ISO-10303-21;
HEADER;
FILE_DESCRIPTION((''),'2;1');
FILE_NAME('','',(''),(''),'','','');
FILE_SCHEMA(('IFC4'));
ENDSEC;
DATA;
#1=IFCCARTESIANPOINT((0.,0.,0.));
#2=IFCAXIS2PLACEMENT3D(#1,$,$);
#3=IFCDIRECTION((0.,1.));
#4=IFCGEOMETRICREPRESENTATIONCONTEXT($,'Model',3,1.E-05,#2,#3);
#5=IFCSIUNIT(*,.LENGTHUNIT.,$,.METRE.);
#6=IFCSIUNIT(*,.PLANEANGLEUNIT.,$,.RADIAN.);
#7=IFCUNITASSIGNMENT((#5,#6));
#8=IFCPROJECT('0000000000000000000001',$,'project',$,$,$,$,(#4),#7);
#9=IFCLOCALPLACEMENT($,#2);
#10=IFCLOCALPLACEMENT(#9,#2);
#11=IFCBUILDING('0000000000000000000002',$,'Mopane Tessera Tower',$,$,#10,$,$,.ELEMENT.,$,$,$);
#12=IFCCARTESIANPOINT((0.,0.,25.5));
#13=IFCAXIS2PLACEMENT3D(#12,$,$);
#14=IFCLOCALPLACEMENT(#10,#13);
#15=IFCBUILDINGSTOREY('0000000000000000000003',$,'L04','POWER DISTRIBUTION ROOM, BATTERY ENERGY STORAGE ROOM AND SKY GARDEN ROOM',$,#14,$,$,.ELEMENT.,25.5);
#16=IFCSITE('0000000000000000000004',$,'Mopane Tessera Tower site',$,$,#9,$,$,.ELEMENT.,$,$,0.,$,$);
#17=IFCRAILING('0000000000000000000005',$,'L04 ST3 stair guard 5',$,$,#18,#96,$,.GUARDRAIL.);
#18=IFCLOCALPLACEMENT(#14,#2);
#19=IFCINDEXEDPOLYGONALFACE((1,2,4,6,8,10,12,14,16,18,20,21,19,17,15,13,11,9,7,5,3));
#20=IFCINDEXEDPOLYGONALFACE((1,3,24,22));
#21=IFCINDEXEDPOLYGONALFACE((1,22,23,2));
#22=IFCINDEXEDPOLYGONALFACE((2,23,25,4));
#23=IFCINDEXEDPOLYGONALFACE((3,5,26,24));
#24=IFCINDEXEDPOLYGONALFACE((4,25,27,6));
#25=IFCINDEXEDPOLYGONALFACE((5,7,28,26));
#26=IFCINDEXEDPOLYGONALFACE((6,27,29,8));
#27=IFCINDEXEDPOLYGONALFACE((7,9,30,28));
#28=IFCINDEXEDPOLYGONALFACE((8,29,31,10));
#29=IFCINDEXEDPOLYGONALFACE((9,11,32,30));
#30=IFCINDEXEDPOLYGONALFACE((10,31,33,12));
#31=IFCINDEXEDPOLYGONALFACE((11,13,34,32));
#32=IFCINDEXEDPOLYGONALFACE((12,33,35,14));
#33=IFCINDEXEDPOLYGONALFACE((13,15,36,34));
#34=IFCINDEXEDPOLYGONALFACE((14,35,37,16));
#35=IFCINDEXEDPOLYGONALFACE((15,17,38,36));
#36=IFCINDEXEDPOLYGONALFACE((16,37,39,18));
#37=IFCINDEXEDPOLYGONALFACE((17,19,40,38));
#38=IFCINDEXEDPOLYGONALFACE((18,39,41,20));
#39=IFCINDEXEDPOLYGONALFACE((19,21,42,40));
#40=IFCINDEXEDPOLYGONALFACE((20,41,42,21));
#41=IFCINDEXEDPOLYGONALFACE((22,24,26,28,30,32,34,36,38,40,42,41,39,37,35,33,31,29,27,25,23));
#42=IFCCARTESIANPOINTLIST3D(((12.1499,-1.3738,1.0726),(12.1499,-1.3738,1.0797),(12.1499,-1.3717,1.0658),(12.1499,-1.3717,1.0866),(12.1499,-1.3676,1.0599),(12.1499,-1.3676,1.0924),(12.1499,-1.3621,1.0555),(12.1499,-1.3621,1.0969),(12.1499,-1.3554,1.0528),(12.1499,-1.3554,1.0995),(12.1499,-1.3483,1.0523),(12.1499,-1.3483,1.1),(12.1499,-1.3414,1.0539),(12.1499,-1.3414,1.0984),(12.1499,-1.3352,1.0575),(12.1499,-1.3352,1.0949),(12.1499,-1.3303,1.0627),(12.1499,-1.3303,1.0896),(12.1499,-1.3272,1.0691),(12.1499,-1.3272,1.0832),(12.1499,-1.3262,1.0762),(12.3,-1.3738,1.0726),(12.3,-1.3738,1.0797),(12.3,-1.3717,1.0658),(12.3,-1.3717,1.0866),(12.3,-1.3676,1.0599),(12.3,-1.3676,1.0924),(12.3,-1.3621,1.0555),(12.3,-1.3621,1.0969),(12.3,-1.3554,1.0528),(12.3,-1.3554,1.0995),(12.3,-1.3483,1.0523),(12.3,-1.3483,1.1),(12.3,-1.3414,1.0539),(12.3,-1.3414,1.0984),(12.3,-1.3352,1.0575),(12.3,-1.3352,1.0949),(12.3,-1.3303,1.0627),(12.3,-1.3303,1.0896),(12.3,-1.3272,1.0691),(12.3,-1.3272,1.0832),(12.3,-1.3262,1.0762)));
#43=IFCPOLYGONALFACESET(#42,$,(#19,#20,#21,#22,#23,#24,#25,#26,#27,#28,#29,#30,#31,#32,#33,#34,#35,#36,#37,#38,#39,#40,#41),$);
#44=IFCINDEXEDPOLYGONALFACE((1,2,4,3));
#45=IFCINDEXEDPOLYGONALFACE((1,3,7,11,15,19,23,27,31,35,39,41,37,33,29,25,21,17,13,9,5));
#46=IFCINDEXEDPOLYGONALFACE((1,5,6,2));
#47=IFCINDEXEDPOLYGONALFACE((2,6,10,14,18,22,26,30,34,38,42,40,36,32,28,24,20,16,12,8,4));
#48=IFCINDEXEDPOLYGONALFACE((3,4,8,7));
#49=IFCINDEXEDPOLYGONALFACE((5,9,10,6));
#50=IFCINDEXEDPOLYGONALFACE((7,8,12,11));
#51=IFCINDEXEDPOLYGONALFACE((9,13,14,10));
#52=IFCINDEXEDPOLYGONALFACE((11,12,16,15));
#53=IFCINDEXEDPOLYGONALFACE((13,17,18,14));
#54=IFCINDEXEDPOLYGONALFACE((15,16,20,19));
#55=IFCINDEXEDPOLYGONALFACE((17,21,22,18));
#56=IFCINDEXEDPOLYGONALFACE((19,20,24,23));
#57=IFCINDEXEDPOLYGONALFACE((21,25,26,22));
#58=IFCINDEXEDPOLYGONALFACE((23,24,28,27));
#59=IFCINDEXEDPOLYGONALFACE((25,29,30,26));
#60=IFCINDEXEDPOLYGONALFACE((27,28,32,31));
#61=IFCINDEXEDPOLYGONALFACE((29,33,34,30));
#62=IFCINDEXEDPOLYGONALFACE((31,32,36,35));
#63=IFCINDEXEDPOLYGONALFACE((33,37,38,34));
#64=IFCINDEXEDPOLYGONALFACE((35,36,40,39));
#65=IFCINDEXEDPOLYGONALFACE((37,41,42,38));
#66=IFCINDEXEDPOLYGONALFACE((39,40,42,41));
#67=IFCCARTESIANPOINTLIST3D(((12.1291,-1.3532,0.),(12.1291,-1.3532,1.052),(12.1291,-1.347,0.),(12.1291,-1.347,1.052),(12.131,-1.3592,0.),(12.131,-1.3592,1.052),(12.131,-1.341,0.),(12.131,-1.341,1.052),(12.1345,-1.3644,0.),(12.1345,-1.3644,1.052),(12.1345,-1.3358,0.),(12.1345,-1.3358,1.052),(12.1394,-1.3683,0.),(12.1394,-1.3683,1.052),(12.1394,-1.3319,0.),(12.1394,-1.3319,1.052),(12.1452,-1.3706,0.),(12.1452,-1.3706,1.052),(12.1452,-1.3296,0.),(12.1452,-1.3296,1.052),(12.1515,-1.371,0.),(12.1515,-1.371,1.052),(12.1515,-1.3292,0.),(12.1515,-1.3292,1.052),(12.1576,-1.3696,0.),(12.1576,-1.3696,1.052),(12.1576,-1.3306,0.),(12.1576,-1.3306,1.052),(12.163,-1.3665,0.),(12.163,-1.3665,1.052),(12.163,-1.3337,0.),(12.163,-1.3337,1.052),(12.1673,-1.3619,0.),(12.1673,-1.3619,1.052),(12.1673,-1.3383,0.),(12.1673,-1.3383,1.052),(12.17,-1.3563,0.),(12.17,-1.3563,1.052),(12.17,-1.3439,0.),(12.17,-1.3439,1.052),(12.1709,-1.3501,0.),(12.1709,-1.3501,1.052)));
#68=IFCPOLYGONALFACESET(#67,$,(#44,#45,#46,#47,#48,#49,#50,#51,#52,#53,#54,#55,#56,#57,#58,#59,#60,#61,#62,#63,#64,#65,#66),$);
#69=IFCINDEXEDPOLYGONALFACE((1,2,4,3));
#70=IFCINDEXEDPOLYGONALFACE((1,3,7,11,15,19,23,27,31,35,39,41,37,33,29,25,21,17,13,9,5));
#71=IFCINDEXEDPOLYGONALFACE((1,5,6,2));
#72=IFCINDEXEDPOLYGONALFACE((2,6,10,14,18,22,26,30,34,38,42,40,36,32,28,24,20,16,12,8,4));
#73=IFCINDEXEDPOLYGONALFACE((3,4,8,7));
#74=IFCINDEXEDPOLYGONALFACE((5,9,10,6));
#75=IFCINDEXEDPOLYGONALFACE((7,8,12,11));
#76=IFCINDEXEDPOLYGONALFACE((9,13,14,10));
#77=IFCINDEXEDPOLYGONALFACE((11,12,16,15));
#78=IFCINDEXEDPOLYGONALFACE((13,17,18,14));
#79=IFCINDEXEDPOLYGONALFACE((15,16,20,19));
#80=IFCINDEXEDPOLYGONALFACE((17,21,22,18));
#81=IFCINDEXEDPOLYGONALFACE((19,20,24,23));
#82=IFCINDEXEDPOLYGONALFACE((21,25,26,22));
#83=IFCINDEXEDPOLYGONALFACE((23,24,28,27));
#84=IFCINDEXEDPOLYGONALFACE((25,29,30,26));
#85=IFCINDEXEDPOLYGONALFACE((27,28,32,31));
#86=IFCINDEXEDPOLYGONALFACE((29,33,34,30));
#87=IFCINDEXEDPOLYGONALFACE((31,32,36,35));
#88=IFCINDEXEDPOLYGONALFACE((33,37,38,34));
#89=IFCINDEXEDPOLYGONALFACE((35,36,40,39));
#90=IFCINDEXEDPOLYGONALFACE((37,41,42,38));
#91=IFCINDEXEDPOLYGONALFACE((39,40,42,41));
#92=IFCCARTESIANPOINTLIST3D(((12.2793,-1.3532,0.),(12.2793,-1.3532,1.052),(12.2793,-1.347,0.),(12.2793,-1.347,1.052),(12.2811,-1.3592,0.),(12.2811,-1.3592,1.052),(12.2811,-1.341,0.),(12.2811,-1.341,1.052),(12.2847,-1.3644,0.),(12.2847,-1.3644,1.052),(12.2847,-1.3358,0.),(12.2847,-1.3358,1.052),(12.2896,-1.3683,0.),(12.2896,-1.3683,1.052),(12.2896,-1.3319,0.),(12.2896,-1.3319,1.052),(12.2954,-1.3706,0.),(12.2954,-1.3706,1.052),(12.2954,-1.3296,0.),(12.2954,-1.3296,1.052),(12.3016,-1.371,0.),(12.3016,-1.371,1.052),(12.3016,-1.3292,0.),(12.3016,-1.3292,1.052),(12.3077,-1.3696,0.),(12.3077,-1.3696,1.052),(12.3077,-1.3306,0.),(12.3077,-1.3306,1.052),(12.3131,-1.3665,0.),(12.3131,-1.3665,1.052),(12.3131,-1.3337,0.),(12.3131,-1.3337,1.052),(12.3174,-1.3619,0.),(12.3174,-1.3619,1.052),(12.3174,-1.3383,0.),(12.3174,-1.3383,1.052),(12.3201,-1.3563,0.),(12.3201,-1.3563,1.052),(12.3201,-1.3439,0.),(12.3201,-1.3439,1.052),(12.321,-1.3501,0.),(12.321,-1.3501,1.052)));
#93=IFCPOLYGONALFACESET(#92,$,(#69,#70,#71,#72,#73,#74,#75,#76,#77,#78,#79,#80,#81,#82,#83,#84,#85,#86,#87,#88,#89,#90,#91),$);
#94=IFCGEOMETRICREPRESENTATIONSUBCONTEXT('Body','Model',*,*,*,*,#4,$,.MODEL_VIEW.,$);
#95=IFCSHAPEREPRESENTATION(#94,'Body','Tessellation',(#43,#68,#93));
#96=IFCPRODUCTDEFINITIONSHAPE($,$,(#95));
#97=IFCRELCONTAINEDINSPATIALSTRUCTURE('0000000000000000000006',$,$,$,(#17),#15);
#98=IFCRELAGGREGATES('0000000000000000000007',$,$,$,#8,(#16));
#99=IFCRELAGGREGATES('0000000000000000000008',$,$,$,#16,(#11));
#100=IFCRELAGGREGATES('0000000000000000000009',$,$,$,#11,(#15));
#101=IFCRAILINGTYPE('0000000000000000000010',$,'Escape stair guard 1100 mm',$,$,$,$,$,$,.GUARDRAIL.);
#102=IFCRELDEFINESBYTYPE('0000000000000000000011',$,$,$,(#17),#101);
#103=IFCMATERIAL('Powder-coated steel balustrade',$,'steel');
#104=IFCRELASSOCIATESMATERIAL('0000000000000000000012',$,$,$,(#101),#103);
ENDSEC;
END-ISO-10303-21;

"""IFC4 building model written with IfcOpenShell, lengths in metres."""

from ifc_helpers import new_model, si_unit, direction, frame, origin, origin_2d, place, context, subcontext, project, spatial, circle, extrude, material, type_object, element, save


model = new_model("IFC4")

# Units and contexts
model_context = context("Model", 3, precision=1e-05, world=origin(), true_north=direction((0.0, 1.0)))
body_context = subcontext(model_context, "Body", "Model", "MODEL_VIEW")
ifc_project = project(units=[si_unit("LENGTHUNIT", "METRE"), si_unit("PLANEANGLEUNIT", "RADIAN")], contexts=[model_context])

# Site, building, storey
site_placement = place(None, origin())
site = spatial("IfcSite", under=ifc_project, at=site_placement, Name="Mopane Tessera Tower site", CompositionType="ELEMENT", RefElevation=0.0)
building_placement = place(site_placement, origin())
building = spatial("IfcBuilding", under=site, at=building_placement, Name="Mopane Tessera Tower", CompositionType="ELEMENT")
storey_placement = place(building_placement, frame((0.0, 0.0, 25.5)))
storey = spatial("IfcBuildingStorey", under=building, at=storey_placement, Name="L04", Description="POWER DISTRIBUTION ROOM, BATTERY ENERGY STORAGE ROOM AND SKY GARDEN ROOM", CompositionType="ELEMENT", Elevation=25.5)

# Railing
ifc_material_1 = material(Name="Powder-coated steel balustrade", Category="steel")
railing_type_1 = type_object("IfcRailingType", Name="Escape stair guard 1100 mm", PredefinedType="GUARDRAIL", material=ifc_material_1)
railing_1_placement = place(storey_placement, frame((12.1499, -1.3501, 0.0)))
element("IfcRailing", 1, at=railing_1_placement, inside=storey, type_object=railing_type_1, Name="L04 ST3 stair guard 5", PredefinedType="GUARDRAIL", context=body_context, shape_type="SweptSolid", body=[
    extrude(circle(Radius=0.0239, at=origin_2d()), frame((0.0, 0.0, 1.0762), z_axis=(1.0, 0.0, 0.0), x_axis=(0.0, 1.0, 0.0)), (0.0, 0.0, 1.0), 0.1501),
    extrude(circle(Radius=0.021, at=origin_2d()), origin(), (0.0, 0.0, 1.0), 1.052),
    extrude(circle(Radius=0.021, at=origin_2d()), frame((0.1501, 0.0, 0.0)), (0.0, 0.0, 1.0), 1.052),
])

save(model, "model.ifc")
